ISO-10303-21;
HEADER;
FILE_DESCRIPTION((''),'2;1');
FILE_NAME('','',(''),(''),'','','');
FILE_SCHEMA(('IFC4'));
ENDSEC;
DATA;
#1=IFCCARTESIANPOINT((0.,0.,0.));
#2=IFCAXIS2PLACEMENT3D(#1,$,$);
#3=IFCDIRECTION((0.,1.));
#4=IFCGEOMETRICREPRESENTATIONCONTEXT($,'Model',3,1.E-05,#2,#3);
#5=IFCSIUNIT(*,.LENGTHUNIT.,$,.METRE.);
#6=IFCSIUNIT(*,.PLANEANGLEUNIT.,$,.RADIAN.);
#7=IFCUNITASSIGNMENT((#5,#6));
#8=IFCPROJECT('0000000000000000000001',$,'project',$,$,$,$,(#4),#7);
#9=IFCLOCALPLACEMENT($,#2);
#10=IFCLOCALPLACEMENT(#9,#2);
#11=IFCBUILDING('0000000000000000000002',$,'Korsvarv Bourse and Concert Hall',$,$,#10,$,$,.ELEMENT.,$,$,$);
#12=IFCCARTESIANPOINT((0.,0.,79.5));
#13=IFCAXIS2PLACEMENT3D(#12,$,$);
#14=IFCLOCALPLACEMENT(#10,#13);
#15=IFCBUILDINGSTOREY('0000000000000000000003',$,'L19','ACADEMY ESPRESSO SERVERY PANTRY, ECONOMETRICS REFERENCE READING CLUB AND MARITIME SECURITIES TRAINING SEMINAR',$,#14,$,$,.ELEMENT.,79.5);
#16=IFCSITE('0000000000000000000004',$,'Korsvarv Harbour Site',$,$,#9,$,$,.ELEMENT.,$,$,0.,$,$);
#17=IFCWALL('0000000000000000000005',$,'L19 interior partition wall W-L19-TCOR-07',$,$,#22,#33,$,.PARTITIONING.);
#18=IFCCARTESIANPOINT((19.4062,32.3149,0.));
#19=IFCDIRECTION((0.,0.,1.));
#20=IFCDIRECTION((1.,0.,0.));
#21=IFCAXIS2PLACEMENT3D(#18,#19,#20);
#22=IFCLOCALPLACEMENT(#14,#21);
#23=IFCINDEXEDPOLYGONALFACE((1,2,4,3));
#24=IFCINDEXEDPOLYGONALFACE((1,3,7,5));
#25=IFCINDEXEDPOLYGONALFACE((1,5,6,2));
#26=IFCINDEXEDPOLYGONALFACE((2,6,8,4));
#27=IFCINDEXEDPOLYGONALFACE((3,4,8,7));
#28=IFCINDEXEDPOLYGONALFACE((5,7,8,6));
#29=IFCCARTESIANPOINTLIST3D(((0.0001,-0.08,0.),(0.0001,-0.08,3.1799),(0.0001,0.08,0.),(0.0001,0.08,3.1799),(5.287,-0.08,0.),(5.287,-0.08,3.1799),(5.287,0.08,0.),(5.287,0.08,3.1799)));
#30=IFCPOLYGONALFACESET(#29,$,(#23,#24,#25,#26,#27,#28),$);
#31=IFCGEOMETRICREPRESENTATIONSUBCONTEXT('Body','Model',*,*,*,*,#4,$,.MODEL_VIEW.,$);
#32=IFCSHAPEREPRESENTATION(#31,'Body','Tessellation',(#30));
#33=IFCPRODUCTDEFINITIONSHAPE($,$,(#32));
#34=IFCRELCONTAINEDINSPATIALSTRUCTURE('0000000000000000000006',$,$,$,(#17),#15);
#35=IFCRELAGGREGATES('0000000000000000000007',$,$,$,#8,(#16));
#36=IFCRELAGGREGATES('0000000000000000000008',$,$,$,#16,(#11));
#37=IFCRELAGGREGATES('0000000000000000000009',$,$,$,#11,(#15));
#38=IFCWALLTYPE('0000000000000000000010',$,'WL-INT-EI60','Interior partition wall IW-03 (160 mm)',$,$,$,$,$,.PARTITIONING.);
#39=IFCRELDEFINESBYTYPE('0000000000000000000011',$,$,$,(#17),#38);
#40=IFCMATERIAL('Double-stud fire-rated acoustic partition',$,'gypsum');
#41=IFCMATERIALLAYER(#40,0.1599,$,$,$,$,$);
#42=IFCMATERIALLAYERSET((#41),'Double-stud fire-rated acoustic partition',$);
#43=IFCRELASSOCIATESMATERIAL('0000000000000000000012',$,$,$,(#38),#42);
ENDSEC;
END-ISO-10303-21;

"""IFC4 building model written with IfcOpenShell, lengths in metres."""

from ifc_helpers import new_model, si_unit, direction, frame, frame_2d, origin, place, context, subcontext, project, spatial, rectangle, extrude, material, layer, layer_set, type_object, element, save


model = new_model("IFC4")

# Units and contexts
model_context = context("Model", 3, precision=1e-05, world=origin(), true_north=direction((0.0, 1.0)))
body_context = subcontext(model_context, "Body", "Model", "MODEL_VIEW")
ifc_project = project(units=[si_unit("LENGTHUNIT", "METRE"), si_unit("PLANEANGLEUNIT", "RADIAN")], contexts=[model_context])

# Site, building, storey
site_placement = place(None, origin())
site = spatial("IfcSite", under=ifc_project, at=site_placement, Name="Korsvarv Harbour Site", CompositionType="ELEMENT", RefElevation=0.0)
building_placement = place(site_placement, origin())
building = spatial("IfcBuilding", under=site, at=building_placement, Name="Korsvarv Bourse and Concert Hall", CompositionType="ELEMENT")
storey_placement = place(building_placement, frame((0.0, 0.0, 79.5)))
storey = spatial("IfcBuildingStorey", under=building, at=storey_placement, Name="L19", Description="ACADEMY ESPRESSO SERVERY PANTRY, ECONOMETRICS REFERENCE READING CLUB AND MARITIME SECURITIES TRAINING SEMINAR", CompositionType="ELEMENT", Elevation=79.5)

# Shared definitions
ifc_material_1 = material(Name="Double-stud fire-rated acoustic partition", Category="gypsum")
ifc_layer_1 = layer(ifc_material_1, 0.1599)
ifc_layer_set_1 = layer_set([ifc_layer_1], Name="Double-stud fire-rated acoustic partition")
wall_type = type_object("IfcWallType", Name="WL-INT-EI60", Description="Interior partition wall IW-03 (160 mm)", PredefinedType="PARTITIONING", material=ifc_layer_set_1)

# Wall
wall_1_placement = place(storey_placement, frame((19.4062, 32.3149, 0.0), z_axis=(0.0, 0.0, 1.0), x_axis=(1.0, 0.0, 0.0)))
element("IfcWall", 1, at=wall_1_placement, inside=storey, type_object=wall_type, Name="L19 interior partition wall W-L19-TCOR-07", PredefinedType="PARTITIONING", context=body_context, shape_type="SweptSolid", body=[
    extrude(rectangle(XDim=5.2869, YDim=0.1599, at=frame_2d((2.6436, 0.0))), origin(), (0.0, 0.0, 1.0), 3.1799),
])

save(model, "model.ifc")
